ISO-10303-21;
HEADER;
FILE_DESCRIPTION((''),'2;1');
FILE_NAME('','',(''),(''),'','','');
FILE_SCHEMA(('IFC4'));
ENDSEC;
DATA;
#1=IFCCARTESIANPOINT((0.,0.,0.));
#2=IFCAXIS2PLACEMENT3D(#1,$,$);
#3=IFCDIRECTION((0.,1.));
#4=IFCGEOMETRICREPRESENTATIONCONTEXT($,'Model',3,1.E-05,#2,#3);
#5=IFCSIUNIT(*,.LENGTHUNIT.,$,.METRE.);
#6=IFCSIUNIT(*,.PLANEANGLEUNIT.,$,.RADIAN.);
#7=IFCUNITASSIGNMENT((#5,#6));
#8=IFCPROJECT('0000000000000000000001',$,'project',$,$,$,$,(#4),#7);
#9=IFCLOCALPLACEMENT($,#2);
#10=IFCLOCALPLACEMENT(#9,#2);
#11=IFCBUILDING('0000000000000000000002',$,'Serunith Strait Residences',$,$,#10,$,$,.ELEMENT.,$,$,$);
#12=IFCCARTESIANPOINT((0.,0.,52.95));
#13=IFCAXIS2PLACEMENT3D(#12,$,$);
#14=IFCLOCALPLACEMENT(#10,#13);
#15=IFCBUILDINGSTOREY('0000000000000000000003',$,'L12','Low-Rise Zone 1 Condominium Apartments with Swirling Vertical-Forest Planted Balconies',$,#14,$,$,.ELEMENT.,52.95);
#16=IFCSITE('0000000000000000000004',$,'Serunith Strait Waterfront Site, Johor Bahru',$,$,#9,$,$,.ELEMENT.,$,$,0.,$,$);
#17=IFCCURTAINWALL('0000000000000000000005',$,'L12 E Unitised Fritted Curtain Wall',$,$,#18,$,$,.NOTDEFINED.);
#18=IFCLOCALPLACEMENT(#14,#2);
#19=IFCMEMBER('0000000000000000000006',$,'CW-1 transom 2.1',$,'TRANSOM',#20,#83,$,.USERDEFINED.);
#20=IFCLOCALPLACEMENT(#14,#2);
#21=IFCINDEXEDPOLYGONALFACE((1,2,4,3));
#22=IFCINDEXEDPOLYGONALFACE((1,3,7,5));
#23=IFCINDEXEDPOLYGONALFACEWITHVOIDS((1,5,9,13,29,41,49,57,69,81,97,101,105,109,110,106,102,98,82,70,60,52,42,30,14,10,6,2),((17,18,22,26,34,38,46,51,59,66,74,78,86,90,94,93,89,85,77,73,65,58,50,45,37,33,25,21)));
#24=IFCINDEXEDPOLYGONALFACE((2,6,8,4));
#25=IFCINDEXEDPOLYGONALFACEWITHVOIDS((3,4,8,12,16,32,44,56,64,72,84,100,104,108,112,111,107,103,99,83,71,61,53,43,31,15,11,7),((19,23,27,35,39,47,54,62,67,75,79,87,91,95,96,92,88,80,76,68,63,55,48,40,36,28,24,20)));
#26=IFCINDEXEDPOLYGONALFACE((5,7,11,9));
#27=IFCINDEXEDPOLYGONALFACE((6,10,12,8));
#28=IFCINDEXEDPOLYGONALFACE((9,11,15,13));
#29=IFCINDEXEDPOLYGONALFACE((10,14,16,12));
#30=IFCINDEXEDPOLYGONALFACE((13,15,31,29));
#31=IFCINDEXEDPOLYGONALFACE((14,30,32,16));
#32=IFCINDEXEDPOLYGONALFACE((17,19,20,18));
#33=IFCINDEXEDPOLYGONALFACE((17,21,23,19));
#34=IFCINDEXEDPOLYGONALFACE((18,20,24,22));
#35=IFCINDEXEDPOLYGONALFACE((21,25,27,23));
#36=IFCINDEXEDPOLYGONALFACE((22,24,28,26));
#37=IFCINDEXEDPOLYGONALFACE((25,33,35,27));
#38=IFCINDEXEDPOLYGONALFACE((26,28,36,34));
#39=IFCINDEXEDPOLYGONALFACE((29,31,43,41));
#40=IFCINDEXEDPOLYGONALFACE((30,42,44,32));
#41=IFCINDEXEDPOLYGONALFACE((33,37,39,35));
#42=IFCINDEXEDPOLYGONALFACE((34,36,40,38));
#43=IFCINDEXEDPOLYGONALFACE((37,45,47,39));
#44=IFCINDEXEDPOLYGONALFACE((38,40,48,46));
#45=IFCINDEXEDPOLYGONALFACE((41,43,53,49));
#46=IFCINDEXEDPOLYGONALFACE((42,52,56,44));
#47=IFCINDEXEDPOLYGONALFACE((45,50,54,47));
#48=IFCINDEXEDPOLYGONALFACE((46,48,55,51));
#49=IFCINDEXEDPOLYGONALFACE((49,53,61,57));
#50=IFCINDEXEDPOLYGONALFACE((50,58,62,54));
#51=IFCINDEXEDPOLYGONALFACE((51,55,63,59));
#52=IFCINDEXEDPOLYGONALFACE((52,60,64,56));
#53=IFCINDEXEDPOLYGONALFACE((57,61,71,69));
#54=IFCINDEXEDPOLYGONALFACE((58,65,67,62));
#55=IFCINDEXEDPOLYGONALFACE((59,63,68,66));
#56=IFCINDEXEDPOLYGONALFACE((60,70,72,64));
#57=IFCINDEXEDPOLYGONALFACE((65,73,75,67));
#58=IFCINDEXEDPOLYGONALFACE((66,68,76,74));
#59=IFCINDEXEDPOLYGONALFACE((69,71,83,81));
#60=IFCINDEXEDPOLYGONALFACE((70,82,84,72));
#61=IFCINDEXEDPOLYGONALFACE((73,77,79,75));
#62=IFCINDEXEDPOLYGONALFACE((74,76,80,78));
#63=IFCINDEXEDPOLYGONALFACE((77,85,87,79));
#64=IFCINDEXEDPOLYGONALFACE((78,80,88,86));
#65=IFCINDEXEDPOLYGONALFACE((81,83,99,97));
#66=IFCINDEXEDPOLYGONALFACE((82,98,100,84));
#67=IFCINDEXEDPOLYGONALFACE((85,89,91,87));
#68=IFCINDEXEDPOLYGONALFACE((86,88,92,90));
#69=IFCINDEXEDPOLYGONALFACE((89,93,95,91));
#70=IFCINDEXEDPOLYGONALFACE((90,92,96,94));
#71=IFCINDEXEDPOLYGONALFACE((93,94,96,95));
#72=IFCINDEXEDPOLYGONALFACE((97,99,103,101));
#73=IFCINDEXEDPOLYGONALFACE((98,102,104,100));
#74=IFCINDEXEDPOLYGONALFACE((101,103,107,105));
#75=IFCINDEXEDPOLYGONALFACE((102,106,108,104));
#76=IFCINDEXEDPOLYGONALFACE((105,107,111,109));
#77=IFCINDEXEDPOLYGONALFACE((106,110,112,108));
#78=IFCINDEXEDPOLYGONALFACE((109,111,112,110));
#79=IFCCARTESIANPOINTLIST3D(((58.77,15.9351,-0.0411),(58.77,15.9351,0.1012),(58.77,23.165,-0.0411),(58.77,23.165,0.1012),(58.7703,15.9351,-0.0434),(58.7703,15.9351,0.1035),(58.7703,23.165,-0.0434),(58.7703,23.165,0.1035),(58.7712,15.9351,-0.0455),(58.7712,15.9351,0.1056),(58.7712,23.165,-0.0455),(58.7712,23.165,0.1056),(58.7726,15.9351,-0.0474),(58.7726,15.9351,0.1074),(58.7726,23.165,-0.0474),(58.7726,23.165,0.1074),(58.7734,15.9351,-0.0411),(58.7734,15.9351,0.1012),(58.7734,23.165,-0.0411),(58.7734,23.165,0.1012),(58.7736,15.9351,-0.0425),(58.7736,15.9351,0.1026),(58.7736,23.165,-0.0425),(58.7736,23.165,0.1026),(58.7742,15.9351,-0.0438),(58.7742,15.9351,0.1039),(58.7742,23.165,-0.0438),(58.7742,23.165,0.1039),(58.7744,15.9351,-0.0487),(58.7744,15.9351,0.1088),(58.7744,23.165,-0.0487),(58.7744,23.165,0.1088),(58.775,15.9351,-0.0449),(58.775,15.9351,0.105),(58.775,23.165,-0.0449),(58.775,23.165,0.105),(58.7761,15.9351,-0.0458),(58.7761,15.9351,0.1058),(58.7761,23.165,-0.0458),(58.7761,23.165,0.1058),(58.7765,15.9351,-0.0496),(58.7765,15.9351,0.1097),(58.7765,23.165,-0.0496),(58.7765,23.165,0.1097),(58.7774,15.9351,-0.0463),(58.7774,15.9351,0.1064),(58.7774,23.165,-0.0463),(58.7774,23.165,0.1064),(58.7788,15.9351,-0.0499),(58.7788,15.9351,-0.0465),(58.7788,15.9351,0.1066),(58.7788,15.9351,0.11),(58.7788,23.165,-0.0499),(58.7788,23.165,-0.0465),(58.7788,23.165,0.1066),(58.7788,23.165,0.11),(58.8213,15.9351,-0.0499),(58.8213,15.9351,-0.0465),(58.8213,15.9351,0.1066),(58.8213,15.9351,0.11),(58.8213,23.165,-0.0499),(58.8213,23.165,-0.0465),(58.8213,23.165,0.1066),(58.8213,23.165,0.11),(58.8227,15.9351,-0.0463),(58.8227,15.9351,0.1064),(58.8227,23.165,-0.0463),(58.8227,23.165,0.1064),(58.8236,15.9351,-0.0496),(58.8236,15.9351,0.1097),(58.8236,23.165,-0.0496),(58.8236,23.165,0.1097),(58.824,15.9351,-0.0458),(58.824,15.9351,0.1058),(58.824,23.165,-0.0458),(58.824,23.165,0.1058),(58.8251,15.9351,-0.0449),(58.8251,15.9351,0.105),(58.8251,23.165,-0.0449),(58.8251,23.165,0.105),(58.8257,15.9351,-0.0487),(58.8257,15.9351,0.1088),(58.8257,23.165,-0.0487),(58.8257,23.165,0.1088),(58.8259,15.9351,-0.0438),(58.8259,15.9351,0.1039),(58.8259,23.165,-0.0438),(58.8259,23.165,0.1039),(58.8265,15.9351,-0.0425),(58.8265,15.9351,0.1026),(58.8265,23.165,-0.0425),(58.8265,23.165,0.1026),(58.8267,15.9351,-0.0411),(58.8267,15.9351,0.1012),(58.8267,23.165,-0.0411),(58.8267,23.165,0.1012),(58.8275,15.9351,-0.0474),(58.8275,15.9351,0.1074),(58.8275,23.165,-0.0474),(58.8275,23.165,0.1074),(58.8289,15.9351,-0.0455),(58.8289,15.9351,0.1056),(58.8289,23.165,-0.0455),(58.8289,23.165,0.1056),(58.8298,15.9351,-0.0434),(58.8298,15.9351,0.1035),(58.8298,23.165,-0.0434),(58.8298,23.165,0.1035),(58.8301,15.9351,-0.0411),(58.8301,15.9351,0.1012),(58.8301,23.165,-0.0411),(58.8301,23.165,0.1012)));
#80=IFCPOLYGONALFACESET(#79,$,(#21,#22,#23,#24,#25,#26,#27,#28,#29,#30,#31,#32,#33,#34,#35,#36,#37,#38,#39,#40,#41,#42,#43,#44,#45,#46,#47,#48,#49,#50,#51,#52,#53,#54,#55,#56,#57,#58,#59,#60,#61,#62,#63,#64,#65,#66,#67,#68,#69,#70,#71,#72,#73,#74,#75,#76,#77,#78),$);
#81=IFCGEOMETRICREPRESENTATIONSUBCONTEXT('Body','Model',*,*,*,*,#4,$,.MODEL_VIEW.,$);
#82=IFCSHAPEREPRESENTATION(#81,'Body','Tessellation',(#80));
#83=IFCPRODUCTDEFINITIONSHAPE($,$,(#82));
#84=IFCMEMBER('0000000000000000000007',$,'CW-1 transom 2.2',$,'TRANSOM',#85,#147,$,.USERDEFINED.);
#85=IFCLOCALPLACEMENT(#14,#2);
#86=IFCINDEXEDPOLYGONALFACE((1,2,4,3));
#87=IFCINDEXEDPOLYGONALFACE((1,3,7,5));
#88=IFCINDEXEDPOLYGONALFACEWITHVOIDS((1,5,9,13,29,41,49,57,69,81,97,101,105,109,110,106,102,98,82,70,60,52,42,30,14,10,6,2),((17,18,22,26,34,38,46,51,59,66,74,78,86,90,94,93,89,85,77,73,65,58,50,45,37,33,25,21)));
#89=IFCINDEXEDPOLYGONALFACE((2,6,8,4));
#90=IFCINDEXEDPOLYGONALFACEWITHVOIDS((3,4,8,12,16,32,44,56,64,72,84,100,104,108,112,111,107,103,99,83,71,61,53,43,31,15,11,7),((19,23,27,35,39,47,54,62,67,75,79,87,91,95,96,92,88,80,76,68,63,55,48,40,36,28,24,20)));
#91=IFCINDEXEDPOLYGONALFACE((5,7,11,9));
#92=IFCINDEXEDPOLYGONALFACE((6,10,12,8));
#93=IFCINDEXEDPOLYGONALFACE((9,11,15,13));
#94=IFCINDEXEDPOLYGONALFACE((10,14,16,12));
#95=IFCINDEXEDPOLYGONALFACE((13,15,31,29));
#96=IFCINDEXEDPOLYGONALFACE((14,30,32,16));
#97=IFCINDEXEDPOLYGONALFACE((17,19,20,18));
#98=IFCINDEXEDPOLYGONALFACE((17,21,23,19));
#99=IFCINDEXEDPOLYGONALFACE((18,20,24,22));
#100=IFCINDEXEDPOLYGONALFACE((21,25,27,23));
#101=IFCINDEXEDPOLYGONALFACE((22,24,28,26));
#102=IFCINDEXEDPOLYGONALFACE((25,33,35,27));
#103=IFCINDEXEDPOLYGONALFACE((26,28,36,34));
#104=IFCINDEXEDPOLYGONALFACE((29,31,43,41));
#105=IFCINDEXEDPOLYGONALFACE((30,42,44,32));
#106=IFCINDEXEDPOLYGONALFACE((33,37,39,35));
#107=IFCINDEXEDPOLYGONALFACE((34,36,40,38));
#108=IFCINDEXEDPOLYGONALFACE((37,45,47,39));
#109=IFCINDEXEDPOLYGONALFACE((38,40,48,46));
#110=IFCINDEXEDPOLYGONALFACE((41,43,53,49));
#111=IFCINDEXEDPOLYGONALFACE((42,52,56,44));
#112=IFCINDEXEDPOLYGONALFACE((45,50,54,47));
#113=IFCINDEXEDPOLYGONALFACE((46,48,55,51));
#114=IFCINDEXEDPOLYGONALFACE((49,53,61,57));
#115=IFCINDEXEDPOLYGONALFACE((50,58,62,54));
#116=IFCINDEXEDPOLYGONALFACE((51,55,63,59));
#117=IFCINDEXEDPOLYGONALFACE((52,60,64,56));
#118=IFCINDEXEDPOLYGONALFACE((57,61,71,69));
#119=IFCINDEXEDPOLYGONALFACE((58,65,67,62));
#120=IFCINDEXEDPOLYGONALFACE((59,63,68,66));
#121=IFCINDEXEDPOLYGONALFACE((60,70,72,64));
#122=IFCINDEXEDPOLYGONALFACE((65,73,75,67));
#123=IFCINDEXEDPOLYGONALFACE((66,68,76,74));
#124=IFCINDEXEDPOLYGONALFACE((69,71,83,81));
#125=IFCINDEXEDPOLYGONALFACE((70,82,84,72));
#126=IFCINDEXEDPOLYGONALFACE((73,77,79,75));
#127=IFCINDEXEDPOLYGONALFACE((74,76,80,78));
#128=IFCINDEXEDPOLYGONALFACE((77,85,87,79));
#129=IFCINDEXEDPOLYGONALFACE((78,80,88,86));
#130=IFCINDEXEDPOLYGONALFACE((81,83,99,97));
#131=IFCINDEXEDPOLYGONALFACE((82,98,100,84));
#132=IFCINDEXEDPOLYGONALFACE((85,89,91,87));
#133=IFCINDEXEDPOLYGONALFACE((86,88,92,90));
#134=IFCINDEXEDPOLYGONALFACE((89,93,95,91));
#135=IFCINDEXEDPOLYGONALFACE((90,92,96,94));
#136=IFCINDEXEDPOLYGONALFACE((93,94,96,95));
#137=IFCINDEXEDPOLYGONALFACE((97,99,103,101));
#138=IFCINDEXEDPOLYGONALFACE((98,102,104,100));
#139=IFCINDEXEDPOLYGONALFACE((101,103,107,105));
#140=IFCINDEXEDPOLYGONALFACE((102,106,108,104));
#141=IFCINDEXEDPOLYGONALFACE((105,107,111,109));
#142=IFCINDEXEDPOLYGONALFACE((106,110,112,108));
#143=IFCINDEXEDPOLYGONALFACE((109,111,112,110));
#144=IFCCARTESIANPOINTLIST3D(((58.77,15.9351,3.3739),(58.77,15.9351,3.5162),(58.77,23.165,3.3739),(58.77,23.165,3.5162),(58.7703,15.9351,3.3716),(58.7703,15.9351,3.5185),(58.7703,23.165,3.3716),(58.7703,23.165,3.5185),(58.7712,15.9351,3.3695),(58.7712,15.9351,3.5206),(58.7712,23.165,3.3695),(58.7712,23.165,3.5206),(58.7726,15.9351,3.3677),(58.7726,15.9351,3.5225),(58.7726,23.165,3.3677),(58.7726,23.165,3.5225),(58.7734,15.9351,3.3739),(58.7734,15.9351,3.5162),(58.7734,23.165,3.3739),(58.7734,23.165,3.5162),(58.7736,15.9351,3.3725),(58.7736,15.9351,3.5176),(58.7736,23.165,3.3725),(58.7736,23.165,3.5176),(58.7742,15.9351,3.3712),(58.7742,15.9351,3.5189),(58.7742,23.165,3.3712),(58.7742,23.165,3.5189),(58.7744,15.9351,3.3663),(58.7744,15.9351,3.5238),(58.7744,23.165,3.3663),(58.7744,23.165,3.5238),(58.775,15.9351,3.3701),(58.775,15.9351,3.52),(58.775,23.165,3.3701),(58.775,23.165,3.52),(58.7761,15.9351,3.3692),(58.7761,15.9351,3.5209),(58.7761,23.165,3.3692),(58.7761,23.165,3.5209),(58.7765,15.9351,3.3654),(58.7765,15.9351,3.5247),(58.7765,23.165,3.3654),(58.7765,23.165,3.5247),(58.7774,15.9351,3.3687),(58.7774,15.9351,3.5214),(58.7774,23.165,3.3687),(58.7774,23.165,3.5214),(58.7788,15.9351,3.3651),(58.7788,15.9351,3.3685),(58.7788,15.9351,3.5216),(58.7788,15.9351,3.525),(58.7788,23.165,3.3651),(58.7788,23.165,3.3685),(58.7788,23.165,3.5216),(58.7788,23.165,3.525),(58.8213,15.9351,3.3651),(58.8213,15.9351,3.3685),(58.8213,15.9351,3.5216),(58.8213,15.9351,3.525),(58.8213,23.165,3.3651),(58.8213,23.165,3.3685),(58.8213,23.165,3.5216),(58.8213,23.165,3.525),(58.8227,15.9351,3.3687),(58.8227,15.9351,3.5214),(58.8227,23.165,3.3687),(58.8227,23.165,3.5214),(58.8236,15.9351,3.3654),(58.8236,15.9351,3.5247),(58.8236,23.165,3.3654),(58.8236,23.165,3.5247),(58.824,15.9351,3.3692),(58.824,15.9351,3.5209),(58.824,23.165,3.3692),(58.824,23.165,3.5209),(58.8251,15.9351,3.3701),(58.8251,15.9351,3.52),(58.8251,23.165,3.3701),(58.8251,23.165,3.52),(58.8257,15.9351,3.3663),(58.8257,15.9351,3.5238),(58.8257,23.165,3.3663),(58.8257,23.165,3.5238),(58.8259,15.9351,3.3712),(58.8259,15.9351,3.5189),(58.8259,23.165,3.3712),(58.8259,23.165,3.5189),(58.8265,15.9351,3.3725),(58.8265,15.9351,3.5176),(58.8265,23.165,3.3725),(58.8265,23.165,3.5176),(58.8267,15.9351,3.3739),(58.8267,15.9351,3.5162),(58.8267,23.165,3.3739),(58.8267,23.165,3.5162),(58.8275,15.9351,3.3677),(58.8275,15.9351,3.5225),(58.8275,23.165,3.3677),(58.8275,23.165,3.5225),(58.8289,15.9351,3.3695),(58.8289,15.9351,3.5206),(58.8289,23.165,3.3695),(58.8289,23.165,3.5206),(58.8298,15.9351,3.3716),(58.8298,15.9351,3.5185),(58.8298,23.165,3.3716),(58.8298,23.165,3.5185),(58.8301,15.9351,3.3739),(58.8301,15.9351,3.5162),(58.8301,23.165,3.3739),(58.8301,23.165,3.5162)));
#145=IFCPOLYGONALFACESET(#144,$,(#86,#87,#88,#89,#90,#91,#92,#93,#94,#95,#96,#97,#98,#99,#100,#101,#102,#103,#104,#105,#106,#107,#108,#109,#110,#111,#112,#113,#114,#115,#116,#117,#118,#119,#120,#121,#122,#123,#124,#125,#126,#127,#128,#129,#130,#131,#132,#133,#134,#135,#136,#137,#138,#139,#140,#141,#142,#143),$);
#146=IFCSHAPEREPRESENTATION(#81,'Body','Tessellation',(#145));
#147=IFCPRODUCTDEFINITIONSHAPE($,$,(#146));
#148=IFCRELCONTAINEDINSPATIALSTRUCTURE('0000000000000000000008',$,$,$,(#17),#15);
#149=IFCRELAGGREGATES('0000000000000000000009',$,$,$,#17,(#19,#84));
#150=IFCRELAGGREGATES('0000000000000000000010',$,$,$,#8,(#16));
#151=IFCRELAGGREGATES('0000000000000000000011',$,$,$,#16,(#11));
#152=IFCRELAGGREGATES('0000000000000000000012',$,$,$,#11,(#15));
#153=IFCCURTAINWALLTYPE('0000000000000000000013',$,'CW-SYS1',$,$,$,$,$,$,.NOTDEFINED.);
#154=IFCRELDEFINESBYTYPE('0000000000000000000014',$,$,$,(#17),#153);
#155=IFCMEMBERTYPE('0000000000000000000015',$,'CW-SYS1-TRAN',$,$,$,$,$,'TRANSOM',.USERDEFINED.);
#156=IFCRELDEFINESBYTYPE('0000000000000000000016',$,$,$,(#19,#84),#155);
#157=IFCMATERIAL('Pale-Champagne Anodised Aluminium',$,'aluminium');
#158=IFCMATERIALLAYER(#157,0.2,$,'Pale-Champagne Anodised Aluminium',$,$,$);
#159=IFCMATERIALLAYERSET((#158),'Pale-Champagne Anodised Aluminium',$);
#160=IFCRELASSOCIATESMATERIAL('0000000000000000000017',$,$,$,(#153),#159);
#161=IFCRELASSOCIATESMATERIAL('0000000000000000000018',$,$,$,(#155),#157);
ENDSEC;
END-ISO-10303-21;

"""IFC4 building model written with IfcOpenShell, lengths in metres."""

from ifc_helpers import new_model, si_unit, direction, frame, origin, origin_2d, place, context, subcontext, project, spatial, hollow_rectangle, extrude, source, transform, mapped, material, layer, layer_set, material_profile, profile_set, type_object, element, aggregate, save


model = new_model("IFC4")

# Units and contexts
model_context = context("Model", 3, precision=1e-05, world=origin(), true_north=direction((0.0, 1.0)))
body_context = subcontext(model_context, "Body", "Model", "MODEL_VIEW")
ifc_project = project(units=[si_unit("LENGTHUNIT", "METRE"), si_unit("PLANEANGLEUNIT", "RADIAN")], contexts=[model_context])

# Site, building, storey
site_placement = place(None, origin())
site = spatial("IfcSite", under=ifc_project, at=site_placement, Name="Serunith Strait Waterfront Site, Johor Bahru", CompositionType="ELEMENT", RefElevation=0.0)
building_placement = place(site_placement, origin())
building = spatial("IfcBuilding", under=site, at=building_placement, Name="Serunith Strait Residences", CompositionType="ELEMENT")
storey_placement = place(building_placement, frame((0.0, 0.0, 52.95)))
storey = spatial("IfcBuildingStorey", under=building, at=storey_placement, Name="L12", Description="Low-Rise Zone 1 Condominium Apartments with Swirling Vertical-Forest Planted Balconies", CompositionType="ELEMENT", Elevation=52.95)

# Curtain wall, members
ifc_material_1 = material(Name="Pale-Champagne Anodised Aluminium", Category="aluminium")
ifc_layer_1 = layer(ifc_material_1, 0.2, Name="Pale-Champagne Anodised Aluminium")
ifc_layer_set_1 = layer_set([ifc_layer_1], Name="Pale-Champagne Anodised Aluminium")
curtain_wall_type = type_object("IfcCurtainWallType", Name="CW-SYS1", PredefinedType="NOTDEFINED", material=ifc_layer_set_1)
curtain_wall_placement = place(storey_placement, origin())
curtain_wall = element("IfcCurtainWall", 1, at=curtain_wall_placement, inside=storey, type_object=curtain_wall_type, Name="L12 E Unitised Fritted Curtain Wall", PredefinedType="NOTDEFINED")
ifc_material_profile_1 = material_profile(ifc_material_1, hollow_rectangle(XDim=0.0601, YDim=0.1599, WallThickness=0.0034, InnerFilletRadius=0.0054, OuterFilletRadius=0.0088, at=origin_2d()), Name="ALU 160x60x3.5")
ifc_profile_set_1 = profile_set([ifc_material_profile_1], Name="Pale-Champagne Anodised Aluminium")
member_type_1 = type_object("IfcMemberType", Name="CW-SYS1-TRAN", ElementType="TRANSOM", PredefinedType="USERDEFINED", material=ifc_profile_set_1)
shared_shape_1 = source(origin(), body_context, "Body", "SweptSolid", [
    extrude(hollow_rectangle(XDim=0.0601, YDim=0.1599, WallThickness=0.0034, InnerFilletRadius=0.0054, OuterFilletRadius=0.0088, at=origin_2d()), origin(), (0.0, 0.0, 1.0), 7.23),
])
member_1_placement = place(storey_placement, frame((58.8, 15.9351, 0.03), z_axis=(0.0, 1.0, 0.0), x_axis=(-1.0, 0.0, 0.0)))
member_1 = element("IfcMember", 2, at=member_1_placement, type_object=member_type_1, Name="CW-1 transom 2.1", ObjectType="TRANSOM", PredefinedType="USERDEFINED", context=body_context, shape_type="MappedRepresentation", body=[
    mapped(shared_shape_1, transform((0.0, 0.0, 0.0), scale=1.0)),
])
member_2_placement = place(storey_placement, frame((58.8, 15.9351, 3.4451), z_axis=(0.0, 1.0, 0.0), x_axis=(-1.0, 0.0, 0.0)))
member_2 = element("IfcMember", 3, at=member_2_placement, type_object=member_type_1, Name="CW-1 transom 2.2", ObjectType="TRANSOM", PredefinedType="USERDEFINED", context=body_context, shape_type="MappedRepresentation", body=[
    mapped(shared_shape_1, transform((0.0, 0.0, 0.0), scale=1.0)),
])
aggregate(curtain_wall, [member_1, member_2])

save(model, "model.ifc")
